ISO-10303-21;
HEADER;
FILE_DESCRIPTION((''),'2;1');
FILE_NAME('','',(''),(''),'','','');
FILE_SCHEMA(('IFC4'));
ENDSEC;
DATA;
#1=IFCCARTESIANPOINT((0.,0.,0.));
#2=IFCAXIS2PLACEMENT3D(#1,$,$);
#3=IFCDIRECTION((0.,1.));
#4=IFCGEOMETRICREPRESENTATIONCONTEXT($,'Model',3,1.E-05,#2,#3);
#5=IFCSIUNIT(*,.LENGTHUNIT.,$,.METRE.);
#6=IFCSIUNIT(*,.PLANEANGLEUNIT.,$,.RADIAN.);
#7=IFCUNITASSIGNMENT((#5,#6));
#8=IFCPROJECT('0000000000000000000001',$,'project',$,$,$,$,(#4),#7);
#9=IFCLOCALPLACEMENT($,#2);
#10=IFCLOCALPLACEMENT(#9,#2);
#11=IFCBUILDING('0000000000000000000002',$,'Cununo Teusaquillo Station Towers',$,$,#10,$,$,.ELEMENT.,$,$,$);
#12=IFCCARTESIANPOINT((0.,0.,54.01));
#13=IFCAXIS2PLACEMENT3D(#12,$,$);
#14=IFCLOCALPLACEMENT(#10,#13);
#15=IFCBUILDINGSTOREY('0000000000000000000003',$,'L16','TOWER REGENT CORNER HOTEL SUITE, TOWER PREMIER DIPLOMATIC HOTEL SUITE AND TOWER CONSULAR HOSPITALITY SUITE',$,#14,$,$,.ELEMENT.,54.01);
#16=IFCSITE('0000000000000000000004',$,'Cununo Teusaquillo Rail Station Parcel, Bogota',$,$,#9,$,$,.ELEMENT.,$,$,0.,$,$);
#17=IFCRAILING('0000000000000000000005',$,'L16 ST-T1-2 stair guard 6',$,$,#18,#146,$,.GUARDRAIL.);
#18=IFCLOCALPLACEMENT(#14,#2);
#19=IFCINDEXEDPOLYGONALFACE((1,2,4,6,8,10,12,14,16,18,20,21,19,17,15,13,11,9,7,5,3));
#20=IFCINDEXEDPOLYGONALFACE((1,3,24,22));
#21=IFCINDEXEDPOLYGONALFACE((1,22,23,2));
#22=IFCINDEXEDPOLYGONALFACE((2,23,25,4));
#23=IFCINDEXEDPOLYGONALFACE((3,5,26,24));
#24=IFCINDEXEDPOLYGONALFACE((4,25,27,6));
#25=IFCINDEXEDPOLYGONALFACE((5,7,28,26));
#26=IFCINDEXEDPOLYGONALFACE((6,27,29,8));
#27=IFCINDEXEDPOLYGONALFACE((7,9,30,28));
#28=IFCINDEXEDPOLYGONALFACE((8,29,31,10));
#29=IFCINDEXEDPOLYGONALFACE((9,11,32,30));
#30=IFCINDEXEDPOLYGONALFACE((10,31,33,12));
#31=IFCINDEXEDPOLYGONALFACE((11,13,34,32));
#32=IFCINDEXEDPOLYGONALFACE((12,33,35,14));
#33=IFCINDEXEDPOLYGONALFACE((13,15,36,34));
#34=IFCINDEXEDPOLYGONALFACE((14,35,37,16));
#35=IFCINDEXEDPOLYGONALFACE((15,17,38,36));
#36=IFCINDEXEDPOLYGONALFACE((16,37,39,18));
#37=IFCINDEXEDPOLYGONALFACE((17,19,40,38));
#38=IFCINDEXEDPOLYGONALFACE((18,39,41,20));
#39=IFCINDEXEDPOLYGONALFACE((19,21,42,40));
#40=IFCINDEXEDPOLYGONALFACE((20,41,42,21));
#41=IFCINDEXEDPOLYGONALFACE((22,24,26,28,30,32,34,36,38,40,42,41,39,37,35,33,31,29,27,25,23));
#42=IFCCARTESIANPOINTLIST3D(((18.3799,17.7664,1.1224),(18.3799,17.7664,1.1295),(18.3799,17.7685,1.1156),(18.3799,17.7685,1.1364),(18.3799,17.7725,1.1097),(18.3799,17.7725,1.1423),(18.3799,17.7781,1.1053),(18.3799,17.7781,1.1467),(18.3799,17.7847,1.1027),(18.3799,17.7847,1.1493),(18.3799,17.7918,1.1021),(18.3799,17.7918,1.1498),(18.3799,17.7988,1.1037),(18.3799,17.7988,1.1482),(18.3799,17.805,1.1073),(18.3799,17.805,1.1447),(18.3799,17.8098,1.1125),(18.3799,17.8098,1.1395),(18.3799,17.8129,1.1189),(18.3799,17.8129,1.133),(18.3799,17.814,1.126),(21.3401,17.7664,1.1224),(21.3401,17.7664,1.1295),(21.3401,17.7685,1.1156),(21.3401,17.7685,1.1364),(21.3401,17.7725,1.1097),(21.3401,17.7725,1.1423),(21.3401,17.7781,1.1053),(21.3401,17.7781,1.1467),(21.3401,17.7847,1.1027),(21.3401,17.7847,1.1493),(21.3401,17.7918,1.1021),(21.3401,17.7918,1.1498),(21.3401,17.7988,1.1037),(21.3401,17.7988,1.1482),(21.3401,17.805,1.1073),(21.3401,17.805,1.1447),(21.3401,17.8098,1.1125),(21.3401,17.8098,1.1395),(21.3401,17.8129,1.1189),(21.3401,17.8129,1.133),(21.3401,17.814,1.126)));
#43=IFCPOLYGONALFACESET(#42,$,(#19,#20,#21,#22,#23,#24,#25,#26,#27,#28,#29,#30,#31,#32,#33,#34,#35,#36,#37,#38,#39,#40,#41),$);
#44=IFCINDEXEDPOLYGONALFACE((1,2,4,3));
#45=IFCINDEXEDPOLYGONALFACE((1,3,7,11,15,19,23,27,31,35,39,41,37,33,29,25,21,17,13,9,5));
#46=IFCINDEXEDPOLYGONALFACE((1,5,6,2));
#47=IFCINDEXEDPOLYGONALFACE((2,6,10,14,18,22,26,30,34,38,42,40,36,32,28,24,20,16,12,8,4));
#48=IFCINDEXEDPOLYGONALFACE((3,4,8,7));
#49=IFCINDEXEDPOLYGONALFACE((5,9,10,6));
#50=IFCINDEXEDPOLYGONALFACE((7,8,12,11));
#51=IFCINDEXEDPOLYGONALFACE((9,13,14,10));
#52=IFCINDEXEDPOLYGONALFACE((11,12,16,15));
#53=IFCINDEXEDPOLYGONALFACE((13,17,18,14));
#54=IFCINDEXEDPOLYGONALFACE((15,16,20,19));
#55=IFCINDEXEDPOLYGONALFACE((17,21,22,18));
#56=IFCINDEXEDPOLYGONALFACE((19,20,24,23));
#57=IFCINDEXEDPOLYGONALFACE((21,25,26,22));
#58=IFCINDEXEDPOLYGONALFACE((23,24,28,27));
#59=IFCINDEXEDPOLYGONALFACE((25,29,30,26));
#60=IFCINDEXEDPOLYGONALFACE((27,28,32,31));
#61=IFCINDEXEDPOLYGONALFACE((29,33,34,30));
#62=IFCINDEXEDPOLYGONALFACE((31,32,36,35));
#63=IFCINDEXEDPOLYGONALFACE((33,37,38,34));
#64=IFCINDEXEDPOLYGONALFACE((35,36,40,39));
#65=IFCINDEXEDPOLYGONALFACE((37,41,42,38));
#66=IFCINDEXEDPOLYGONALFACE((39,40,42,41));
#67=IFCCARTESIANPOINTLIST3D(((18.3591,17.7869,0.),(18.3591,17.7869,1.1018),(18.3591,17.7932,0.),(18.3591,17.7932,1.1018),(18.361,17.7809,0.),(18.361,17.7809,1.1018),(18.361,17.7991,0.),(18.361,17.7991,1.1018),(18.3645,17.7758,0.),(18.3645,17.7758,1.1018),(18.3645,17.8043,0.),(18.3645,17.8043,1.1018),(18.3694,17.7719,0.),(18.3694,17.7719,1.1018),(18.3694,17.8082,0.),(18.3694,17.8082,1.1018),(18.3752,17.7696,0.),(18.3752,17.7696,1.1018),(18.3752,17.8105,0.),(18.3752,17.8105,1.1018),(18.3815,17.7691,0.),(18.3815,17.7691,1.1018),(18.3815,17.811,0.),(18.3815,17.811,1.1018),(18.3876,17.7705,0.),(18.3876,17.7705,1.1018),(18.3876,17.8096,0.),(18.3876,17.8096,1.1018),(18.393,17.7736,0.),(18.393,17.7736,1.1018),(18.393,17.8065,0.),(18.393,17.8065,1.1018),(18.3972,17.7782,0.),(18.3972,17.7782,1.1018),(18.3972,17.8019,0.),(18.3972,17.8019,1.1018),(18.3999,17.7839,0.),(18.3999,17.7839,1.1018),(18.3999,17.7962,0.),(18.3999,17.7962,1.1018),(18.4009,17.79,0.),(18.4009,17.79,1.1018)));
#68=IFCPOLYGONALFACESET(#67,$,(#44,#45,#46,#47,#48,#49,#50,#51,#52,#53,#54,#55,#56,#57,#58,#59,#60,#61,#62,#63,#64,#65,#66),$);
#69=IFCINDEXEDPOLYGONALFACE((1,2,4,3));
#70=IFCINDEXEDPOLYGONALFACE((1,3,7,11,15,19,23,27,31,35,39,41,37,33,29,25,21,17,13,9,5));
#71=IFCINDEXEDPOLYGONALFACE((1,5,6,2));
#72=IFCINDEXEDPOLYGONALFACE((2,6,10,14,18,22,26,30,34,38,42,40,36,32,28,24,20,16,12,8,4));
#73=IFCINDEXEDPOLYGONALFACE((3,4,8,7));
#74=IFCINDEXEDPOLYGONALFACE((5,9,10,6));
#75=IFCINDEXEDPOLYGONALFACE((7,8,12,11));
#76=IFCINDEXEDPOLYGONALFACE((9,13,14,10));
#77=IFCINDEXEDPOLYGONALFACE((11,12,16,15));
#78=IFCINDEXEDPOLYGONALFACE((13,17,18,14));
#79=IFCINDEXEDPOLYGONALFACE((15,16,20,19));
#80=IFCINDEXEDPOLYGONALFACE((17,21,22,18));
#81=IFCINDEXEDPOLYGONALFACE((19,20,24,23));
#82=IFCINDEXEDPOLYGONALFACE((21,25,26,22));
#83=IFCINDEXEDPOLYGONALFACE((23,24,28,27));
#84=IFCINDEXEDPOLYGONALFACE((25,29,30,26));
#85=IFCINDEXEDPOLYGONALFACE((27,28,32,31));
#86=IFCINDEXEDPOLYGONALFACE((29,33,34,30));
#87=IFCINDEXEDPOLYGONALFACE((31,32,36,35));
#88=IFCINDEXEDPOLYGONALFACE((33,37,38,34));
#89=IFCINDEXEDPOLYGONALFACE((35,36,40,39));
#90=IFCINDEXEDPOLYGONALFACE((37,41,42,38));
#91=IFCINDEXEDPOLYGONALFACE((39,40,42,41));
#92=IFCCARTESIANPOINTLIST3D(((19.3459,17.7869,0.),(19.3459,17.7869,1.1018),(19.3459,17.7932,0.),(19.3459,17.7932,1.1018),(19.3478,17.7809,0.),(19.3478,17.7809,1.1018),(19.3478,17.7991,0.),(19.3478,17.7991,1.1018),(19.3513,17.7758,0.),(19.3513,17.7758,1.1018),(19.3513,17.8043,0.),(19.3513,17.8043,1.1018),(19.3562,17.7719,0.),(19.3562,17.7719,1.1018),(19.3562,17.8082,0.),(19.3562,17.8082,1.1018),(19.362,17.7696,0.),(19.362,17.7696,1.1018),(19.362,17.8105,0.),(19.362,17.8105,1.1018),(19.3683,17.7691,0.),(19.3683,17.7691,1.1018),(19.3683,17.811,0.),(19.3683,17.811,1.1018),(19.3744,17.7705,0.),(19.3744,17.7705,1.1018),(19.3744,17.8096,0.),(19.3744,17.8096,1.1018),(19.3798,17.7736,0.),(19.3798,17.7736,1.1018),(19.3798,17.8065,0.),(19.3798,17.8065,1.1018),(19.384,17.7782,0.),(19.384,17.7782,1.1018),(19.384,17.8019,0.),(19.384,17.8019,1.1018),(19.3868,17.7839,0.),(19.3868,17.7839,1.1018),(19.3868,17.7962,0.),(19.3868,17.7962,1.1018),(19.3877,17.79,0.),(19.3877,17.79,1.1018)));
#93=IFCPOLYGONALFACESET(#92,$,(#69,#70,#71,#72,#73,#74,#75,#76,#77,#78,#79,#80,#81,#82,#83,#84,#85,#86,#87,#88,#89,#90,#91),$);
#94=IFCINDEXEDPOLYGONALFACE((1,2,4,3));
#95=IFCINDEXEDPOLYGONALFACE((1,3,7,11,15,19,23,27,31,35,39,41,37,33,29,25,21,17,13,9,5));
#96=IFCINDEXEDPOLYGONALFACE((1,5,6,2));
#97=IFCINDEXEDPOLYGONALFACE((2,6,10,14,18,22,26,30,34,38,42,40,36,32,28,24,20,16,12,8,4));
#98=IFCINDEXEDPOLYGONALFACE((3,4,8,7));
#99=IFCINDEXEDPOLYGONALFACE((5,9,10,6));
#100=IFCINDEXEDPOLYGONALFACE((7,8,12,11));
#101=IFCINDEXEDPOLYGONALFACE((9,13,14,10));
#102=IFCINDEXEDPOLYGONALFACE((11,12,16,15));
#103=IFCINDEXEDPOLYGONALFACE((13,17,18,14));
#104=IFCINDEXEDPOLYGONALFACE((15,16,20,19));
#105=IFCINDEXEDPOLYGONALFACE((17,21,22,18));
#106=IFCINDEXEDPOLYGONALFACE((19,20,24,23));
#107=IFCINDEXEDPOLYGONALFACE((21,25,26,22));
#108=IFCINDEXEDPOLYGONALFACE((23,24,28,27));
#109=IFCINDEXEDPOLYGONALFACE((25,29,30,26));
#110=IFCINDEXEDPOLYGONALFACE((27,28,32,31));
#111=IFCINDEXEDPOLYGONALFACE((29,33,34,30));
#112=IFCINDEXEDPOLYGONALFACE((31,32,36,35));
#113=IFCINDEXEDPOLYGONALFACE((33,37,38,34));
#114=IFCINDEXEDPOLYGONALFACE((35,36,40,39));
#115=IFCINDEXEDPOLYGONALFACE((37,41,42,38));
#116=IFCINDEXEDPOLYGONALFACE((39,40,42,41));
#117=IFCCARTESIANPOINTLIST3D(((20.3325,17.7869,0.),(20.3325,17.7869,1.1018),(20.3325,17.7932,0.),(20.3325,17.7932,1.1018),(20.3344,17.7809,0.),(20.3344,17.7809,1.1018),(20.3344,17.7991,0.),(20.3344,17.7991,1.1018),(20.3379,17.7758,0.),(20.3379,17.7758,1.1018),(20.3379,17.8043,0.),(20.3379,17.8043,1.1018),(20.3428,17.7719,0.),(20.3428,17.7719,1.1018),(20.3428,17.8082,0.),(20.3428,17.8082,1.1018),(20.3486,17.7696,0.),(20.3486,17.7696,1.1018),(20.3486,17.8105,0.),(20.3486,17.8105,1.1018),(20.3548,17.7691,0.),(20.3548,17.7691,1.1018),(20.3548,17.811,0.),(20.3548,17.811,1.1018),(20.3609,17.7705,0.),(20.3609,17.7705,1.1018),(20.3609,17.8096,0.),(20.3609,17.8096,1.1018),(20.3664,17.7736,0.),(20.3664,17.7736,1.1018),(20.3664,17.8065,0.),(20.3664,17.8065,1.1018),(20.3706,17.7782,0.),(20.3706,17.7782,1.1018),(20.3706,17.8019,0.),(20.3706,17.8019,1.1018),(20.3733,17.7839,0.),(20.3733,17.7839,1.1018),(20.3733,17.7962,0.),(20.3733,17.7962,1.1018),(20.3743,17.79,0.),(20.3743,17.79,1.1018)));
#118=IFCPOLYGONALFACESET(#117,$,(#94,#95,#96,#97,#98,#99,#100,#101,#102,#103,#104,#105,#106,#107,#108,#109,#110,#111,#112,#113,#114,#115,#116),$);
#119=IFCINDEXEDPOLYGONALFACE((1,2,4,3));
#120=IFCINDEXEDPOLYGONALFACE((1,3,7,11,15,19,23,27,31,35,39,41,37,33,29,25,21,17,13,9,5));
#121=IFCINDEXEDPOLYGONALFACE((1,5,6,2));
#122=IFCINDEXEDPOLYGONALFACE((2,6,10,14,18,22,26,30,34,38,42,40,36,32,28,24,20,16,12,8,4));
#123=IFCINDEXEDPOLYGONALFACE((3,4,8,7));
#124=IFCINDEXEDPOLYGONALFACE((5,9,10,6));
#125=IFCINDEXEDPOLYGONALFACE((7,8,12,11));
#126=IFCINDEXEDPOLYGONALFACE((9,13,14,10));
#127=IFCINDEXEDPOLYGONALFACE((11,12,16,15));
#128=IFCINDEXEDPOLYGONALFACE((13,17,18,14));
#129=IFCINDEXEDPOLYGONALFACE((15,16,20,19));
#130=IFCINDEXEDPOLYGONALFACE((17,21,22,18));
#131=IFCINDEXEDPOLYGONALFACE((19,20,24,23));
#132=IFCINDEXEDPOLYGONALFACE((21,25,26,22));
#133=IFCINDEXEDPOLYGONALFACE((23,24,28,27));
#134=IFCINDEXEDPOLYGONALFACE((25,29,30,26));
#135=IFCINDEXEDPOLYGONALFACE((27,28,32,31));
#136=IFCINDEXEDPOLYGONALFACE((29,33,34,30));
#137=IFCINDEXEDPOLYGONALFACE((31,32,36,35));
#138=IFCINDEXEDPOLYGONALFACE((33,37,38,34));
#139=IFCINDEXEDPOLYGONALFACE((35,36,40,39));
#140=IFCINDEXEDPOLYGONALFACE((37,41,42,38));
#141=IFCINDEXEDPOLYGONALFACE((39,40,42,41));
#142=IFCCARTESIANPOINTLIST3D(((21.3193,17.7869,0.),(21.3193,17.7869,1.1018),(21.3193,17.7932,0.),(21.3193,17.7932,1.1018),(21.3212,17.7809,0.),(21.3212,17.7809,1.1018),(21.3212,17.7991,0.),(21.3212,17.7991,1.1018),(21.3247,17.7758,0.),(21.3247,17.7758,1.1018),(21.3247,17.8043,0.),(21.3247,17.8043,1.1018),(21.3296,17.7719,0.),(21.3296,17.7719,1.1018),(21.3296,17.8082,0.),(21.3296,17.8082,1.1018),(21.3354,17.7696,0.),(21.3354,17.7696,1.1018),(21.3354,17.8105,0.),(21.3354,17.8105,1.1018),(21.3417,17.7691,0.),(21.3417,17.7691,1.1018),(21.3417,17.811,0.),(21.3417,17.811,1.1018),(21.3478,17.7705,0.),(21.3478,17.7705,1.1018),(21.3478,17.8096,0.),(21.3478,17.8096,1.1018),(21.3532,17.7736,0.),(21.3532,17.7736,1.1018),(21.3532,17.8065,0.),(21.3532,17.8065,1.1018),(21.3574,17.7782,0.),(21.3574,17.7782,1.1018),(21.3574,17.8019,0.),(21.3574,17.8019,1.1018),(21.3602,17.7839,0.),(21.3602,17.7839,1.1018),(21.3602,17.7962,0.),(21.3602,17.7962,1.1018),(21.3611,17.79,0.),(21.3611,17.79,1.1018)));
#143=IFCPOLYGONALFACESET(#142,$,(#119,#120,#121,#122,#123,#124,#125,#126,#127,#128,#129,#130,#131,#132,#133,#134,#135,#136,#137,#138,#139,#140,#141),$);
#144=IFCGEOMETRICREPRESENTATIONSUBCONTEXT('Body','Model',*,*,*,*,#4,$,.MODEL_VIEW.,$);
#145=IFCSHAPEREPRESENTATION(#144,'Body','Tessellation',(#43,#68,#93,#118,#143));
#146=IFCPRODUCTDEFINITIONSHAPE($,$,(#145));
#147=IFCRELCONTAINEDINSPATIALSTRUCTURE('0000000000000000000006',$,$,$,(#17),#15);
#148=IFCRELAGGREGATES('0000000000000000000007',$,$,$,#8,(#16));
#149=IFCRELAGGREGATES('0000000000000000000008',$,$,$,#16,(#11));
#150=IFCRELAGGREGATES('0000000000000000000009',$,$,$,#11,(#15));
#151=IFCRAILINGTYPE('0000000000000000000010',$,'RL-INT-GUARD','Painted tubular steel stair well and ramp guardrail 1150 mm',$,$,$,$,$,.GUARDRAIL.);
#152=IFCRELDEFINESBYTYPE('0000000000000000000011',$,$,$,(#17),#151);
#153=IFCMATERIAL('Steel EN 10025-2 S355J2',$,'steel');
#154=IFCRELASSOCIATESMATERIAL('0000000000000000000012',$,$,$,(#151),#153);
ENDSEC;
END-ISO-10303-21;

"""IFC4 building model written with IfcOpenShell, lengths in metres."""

from ifc_helpers import new_model, si_unit, direction, frame, origin, origin_2d, place, context, subcontext, project, spatial, circle, extrude, material, type_object, element, save


model = new_model("IFC4")

# Units and contexts
model_context = context("Model", 3, precision=1e-05, world=origin(), true_north=direction((0.0, 1.0)))
body_context = subcontext(model_context, "Body", "Model", "MODEL_VIEW")
ifc_project = project(units=[si_unit("LENGTHUNIT", "METRE"), si_unit("PLANEANGLEUNIT", "RADIAN")], contexts=[model_context])

# Site, building, storey
site_placement = place(None, origin())
site = spatial("IfcSite", under=ifc_project, at=site_placement, Name="Cununo Teusaquillo Rail Station Parcel, Bogota", CompositionType="ELEMENT", RefElevation=0.0)
building_placement = place(site_placement, origin())
building = spatial("IfcBuilding", under=site, at=building_placement, Name="Cununo Teusaquillo Station Towers", CompositionType="ELEMENT")
storey_placement = place(building_placement, frame((0.0, 0.0, 54.01)))
storey = spatial("IfcBuildingStorey", under=building, at=storey_placement, Name="L16", Description="TOWER REGENT CORNER HOTEL SUITE, TOWER PREMIER DIPLOMATIC HOTEL SUITE AND TOWER CONSULAR HOSPITALITY SUITE", CompositionType="ELEMENT", Elevation=54.01)

# Railing
ifc_material_1 = material(Name="Steel EN 10025-2 S355J2", Category="steel")
railing_type_1 = type_object("IfcRailingType", Name="RL-INT-GUARD", Description="Painted tubular steel stair well and ramp guardrail 1150 mm", PredefinedType="GUARDRAIL", material=ifc_material_1)
railing_1_placement = place(storey_placement, frame((18.3799, 17.79, 0.0)))
element("IfcRailing", 1, at=railing_1_placement, inside=storey, type_object=railing_type_1, Name="L16 ST-T1-2 stair guard 6", PredefinedType="GUARDRAIL", context=body_context, shape_type="SweptSolid", body=[
    extrude(circle(Radius=0.0239, at=origin_2d()), frame((0.0, 0.0, 1.126), z_axis=(1.0, 0.0, 0.0), x_axis=(0.0, 1.0, 0.0)), (0.0, 0.0, 1.0), 2.9602),
    extrude(circle(Radius=0.021, at=origin_2d()), origin(), (0.0, 0.0, 1.0), 1.1018),
    extrude(circle(Radius=0.021, at=origin_2d()), frame((0.9868, 0.0, 0.0)), (0.0, 0.0, 1.0), 1.1018),
    extrude(circle(Radius=0.021, at=origin_2d()), frame((1.9734, 0.0, 0.0)), (0.0, 0.0, 1.0), 1.1018),
    extrude(circle(Radius=0.021, at=origin_2d()), frame((2.9602, 0.0, 0.0)), (0.0, 0.0, 1.0), 1.1018),
])

save(model, "model.ifc")
